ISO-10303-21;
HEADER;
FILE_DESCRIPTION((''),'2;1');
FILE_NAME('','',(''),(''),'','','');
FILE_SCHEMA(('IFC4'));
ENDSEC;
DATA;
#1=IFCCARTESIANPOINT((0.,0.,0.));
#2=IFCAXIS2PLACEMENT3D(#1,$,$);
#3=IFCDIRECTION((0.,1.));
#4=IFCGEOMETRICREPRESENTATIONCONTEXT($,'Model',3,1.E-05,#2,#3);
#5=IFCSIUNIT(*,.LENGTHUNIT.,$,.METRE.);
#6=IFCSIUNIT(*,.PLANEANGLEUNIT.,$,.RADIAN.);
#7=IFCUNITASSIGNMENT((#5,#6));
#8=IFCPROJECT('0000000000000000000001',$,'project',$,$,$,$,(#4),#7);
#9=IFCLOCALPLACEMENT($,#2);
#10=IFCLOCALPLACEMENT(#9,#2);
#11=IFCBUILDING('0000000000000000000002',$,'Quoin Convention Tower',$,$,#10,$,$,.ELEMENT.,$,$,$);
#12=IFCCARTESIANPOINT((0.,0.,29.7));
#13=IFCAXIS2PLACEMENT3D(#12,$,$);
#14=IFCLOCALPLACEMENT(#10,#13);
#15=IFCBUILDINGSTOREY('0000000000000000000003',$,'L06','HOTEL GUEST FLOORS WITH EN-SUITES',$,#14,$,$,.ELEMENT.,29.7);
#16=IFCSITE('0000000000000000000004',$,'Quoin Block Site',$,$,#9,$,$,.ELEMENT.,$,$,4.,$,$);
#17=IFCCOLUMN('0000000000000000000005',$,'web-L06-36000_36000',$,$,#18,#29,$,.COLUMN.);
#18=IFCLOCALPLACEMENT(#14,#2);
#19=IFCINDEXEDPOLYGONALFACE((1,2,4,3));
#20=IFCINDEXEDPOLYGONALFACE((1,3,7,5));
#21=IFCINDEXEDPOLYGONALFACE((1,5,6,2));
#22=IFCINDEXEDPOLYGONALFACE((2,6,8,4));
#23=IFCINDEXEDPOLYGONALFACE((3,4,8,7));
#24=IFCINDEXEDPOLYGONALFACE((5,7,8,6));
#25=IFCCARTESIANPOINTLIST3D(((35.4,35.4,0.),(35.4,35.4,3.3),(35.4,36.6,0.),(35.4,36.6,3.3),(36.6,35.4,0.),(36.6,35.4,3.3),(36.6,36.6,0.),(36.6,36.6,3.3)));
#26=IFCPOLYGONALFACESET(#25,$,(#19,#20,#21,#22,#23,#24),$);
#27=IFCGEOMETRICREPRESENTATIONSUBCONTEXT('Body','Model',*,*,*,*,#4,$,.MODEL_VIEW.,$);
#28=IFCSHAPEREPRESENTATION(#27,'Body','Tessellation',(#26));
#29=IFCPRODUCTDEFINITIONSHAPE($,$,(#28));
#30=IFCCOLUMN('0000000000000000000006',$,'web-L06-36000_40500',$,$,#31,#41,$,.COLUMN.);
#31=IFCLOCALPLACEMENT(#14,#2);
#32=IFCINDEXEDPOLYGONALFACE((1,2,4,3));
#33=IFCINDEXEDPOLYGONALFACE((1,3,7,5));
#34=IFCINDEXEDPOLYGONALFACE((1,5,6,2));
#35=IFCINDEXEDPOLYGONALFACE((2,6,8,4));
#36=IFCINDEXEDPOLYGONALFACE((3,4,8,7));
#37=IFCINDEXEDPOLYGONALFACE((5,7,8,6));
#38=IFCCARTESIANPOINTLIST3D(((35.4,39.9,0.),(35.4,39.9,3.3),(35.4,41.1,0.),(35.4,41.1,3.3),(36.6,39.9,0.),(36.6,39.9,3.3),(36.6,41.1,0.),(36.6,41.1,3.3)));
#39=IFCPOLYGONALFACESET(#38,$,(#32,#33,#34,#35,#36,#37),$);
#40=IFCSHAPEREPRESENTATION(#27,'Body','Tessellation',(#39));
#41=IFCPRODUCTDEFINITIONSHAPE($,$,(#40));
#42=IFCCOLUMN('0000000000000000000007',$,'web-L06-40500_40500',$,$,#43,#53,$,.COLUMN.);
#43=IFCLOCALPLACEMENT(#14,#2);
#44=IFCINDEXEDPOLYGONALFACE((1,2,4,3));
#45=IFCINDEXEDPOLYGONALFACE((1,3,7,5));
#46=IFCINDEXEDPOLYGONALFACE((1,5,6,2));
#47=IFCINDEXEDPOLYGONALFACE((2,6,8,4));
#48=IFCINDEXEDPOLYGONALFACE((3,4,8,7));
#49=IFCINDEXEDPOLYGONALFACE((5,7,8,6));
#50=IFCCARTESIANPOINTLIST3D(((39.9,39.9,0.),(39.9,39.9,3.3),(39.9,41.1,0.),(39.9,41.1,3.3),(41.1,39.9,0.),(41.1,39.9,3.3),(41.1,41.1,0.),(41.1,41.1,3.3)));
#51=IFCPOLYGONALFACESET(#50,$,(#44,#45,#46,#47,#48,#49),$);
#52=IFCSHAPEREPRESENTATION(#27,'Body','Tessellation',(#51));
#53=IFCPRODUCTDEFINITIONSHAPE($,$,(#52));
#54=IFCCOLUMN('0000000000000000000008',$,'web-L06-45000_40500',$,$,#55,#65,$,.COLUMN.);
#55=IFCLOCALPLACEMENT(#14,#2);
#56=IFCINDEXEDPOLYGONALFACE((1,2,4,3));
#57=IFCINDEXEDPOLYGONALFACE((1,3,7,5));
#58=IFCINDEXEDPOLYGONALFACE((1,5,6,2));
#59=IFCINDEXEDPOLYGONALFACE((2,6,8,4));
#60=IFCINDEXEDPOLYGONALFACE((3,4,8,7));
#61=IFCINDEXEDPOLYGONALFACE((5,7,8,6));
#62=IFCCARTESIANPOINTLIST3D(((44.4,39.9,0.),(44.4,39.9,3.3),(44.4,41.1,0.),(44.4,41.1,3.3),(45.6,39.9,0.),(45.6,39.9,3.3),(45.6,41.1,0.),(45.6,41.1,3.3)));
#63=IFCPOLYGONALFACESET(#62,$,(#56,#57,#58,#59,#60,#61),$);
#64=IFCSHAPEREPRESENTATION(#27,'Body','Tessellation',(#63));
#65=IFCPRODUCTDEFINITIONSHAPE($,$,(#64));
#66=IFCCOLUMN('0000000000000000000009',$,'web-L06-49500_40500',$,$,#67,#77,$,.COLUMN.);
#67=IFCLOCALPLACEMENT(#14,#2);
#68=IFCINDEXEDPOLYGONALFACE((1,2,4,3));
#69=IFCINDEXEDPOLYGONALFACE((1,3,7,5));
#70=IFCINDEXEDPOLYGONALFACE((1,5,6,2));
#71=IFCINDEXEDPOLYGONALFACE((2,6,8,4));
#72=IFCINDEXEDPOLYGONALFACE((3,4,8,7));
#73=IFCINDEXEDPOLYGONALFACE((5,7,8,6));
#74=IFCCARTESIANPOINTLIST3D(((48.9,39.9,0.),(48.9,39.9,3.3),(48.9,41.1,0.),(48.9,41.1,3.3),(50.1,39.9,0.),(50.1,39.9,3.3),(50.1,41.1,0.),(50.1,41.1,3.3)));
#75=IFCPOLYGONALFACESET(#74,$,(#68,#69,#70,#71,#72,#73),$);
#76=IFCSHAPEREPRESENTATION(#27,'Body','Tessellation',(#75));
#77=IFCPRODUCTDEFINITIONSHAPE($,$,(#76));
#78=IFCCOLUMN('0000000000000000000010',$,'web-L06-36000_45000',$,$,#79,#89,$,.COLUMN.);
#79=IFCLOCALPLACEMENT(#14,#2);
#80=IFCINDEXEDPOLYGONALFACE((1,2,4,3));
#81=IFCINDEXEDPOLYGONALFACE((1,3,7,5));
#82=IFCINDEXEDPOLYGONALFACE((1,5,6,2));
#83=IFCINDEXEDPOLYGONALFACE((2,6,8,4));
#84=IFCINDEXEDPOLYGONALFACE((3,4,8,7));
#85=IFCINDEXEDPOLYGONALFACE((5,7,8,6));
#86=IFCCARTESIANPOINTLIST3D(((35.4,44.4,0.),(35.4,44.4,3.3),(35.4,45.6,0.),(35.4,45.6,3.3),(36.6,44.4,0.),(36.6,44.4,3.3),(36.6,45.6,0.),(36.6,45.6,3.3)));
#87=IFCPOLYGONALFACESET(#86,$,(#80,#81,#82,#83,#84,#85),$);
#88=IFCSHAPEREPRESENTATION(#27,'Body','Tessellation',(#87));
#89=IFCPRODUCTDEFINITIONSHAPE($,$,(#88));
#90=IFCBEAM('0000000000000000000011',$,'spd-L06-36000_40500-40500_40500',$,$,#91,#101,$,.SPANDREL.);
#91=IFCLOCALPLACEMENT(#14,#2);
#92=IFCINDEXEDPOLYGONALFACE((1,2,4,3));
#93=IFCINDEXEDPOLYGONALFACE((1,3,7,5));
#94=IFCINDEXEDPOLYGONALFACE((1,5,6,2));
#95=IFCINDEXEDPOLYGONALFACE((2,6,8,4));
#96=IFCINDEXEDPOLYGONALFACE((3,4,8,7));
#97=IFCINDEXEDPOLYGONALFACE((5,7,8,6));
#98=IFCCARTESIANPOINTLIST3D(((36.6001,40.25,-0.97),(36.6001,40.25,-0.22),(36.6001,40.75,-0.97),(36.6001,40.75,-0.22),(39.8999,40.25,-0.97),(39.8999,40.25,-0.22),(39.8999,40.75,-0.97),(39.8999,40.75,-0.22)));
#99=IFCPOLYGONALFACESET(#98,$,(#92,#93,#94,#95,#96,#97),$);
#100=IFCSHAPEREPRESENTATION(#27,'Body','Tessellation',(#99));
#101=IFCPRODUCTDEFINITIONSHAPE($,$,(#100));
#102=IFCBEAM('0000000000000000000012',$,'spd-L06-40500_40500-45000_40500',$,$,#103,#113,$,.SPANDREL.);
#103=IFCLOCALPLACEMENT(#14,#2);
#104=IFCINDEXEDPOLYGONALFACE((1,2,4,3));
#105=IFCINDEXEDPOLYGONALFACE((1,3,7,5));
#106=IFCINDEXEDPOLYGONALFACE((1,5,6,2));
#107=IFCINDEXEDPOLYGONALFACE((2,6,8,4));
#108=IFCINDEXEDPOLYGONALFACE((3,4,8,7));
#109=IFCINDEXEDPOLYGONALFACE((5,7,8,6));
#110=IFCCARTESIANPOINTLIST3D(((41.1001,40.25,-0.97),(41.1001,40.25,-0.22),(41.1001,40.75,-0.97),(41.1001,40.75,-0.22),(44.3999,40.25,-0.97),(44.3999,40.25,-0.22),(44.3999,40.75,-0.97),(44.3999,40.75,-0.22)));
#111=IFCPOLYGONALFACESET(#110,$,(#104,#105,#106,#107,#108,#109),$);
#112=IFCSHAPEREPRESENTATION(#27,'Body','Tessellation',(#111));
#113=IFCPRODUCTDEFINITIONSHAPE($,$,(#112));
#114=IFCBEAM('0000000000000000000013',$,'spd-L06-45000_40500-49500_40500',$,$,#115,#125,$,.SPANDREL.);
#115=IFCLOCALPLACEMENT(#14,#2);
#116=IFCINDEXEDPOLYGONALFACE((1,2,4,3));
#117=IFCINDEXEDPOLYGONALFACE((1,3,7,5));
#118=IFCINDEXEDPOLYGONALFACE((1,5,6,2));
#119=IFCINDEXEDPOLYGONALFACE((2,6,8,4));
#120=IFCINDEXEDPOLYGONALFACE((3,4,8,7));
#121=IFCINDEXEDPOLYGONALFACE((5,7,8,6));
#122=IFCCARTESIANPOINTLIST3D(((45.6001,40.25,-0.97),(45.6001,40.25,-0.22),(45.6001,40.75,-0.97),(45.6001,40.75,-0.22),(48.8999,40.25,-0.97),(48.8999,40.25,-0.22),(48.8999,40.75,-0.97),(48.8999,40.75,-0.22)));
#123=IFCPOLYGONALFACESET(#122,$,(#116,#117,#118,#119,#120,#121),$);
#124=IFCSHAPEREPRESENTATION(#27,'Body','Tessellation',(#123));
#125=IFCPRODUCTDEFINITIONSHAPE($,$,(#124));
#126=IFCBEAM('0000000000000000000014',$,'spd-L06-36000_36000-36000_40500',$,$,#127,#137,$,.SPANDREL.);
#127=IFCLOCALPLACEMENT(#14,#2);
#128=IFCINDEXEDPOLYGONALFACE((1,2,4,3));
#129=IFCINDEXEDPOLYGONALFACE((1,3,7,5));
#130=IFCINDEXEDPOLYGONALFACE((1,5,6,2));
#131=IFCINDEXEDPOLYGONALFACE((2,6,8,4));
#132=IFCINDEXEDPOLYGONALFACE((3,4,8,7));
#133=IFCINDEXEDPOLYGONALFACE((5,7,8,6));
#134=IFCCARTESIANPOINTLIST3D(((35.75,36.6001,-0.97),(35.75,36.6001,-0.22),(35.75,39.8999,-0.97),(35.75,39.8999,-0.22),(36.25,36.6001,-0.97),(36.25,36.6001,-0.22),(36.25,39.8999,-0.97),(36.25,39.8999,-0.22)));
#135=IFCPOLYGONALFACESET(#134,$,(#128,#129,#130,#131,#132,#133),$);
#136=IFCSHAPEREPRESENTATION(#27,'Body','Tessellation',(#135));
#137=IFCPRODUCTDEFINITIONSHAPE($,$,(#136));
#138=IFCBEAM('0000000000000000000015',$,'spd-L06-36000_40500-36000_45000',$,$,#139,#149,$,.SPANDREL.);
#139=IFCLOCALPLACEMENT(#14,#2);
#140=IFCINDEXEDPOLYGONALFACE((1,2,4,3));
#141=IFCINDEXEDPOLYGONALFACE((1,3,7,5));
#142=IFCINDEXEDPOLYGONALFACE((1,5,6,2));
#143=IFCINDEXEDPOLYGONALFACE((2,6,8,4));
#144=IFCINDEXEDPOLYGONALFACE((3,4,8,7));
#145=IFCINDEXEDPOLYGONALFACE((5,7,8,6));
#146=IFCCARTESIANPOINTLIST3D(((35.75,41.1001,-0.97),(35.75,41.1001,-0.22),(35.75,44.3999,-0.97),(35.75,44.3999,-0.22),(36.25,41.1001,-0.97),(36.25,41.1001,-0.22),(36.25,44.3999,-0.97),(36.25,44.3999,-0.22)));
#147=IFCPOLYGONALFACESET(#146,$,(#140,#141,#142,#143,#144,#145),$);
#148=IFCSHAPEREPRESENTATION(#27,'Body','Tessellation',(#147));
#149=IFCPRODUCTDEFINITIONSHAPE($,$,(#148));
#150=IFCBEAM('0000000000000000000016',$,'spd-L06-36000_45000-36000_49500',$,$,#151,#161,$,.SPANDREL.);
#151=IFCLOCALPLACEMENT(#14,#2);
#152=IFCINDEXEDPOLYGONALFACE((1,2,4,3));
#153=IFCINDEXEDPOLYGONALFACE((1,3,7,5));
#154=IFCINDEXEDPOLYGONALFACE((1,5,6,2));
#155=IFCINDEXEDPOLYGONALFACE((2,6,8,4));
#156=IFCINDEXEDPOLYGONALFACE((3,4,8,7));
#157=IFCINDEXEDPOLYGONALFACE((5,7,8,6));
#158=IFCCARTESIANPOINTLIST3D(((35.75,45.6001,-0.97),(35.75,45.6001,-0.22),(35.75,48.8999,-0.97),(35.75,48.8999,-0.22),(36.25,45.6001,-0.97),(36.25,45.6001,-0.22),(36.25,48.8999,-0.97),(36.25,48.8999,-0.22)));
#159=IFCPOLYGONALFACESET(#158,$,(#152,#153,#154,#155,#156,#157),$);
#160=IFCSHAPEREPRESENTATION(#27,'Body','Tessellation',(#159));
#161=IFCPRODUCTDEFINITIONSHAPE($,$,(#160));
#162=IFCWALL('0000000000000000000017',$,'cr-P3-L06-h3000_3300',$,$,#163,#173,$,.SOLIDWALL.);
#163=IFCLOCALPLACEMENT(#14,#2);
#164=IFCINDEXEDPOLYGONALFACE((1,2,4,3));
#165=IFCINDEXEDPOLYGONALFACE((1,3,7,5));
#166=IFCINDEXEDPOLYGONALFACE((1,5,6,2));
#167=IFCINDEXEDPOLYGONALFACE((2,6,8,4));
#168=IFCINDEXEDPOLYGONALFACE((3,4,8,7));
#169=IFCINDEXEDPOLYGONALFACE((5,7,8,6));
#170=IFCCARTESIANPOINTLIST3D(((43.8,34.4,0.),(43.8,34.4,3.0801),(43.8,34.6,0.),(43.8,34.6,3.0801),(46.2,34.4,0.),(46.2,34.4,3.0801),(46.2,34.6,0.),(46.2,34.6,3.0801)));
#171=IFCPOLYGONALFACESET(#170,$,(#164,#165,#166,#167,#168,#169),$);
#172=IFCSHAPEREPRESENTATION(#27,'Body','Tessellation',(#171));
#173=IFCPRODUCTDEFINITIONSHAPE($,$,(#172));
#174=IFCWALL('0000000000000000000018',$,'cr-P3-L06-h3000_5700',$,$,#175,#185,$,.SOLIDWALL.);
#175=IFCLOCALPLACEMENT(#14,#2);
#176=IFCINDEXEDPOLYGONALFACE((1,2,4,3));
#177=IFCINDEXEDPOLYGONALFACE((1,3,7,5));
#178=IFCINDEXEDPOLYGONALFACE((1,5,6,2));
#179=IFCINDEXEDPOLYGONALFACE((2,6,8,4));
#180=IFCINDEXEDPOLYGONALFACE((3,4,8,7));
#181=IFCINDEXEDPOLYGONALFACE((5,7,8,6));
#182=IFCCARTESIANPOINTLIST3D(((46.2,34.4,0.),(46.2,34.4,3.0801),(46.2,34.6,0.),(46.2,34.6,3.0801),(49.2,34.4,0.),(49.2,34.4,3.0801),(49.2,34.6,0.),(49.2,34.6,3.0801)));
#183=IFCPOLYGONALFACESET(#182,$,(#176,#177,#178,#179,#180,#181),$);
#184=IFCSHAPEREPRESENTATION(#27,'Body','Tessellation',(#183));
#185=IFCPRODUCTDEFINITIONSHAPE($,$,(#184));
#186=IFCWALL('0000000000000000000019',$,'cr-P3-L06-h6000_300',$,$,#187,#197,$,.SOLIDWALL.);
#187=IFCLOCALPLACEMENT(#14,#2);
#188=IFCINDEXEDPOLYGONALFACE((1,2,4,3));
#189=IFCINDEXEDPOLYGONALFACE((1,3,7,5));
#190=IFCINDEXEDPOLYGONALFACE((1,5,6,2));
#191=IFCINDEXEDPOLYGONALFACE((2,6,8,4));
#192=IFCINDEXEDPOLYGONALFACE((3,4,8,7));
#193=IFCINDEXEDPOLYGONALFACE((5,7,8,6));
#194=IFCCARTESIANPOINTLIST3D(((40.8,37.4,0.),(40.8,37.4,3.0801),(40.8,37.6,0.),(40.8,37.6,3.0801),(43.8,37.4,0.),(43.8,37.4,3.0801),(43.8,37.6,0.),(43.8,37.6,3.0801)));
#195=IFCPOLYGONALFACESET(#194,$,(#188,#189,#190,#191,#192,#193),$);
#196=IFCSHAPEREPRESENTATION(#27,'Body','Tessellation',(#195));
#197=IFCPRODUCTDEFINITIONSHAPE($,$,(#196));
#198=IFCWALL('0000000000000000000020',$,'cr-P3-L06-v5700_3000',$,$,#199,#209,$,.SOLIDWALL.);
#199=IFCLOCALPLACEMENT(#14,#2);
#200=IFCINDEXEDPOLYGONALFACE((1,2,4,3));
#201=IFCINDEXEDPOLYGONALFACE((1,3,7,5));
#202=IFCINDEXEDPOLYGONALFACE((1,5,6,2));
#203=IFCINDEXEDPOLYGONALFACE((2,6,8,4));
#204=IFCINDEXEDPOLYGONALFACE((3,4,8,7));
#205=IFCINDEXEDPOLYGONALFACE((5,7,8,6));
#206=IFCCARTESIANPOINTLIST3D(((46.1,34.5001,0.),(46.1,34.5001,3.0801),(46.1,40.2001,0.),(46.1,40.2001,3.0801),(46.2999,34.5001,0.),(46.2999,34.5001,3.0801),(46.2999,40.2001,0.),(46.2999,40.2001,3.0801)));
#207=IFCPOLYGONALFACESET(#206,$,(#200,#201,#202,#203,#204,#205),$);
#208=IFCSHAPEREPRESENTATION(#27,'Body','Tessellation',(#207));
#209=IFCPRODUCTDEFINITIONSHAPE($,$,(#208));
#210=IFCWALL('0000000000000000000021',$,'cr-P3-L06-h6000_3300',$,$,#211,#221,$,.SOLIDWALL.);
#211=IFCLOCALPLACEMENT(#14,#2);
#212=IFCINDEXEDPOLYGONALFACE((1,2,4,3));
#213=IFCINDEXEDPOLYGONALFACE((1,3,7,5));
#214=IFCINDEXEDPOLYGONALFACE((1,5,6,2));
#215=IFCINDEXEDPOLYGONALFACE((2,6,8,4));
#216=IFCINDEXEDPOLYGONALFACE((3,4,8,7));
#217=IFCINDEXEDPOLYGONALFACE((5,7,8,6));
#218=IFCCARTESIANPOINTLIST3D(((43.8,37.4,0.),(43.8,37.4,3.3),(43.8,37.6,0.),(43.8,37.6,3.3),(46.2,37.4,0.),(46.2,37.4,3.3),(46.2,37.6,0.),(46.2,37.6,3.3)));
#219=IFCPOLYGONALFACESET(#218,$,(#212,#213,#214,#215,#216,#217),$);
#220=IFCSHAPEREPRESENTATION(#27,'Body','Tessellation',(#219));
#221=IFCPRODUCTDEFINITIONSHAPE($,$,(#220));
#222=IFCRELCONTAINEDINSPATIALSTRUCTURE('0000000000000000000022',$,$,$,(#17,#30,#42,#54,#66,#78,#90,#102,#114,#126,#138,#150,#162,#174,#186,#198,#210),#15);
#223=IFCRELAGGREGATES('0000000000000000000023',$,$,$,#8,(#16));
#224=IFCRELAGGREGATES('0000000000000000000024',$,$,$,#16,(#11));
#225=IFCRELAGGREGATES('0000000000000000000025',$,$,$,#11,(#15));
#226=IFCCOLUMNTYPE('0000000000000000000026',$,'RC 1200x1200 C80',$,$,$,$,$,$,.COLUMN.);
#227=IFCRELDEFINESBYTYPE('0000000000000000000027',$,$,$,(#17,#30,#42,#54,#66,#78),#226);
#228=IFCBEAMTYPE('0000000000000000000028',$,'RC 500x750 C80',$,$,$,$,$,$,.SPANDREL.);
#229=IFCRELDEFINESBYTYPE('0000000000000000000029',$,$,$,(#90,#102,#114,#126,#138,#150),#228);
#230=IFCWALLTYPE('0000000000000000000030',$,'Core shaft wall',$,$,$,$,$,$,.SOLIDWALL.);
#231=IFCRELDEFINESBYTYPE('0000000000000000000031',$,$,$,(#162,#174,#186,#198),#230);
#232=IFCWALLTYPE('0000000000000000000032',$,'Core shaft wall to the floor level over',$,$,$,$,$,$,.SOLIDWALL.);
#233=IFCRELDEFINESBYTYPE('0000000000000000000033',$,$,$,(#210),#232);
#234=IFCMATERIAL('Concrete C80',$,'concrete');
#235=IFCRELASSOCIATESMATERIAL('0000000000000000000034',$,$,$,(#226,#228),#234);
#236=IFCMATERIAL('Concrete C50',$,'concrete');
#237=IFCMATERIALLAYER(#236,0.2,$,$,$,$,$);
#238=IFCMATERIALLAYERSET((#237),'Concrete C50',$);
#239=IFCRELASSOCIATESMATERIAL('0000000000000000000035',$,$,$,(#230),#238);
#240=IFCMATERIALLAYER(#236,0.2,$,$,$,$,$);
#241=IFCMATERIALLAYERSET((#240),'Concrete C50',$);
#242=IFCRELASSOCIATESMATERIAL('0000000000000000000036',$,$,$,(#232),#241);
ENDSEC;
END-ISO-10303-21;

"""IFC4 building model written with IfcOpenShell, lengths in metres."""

from ifc_helpers import new_model, si_unit, direction, frame, frame_2d, origin, origin_2d, place, context, subcontext, project, spatial, rectangle, extrude, material, layer, layer_set, material_profile, profile_set, type_object, element, save


model = new_model("IFC4")

# Units and contexts
model_context = context("Model", 3, precision=1e-05, world=origin(), true_north=direction((0.0, 1.0)))
body_context = subcontext(model_context, "Body", "Model", "MODEL_VIEW")
ifc_project = project(units=[si_unit("LENGTHUNIT", "METRE"), si_unit("PLANEANGLEUNIT", "RADIAN")], contexts=[model_context])

# Site, building, storey
site_placement = place(None, origin())
site = spatial("IfcSite", under=ifc_project, at=site_placement, Name="Quoin Block Site", CompositionType="ELEMENT", RefElevation=4.0)
building_placement = place(site_placement, origin())
building = spatial("IfcBuilding", under=site, at=building_placement, Name="Quoin Convention Tower", CompositionType="ELEMENT")
storey_placement = place(building_placement, frame((0.0, 0.0, 29.7)))
storey = spatial("IfcBuildingStorey", under=building, at=storey_placement, Name="L06", Description="HOTEL GUEST FLOORS WITH EN-SUITES", CompositionType="ELEMENT", Elevation=29.7)

# Columns
ifc_material_1 = material(Name="Concrete C80", Category="concrete")
ifc_material_profile_1 = material_profile(ifc_material_1, rectangle(XDim=1.2, YDim=1.2, at=origin_2d()), Name="RC 1200x1200")
ifc_profile_set_1 = profile_set([ifc_material_profile_1], Name="Concrete C80")
column_type = type_object("IfcColumnType", Name="RC 1200x1200 C80", PredefinedType="COLUMN", material=ifc_profile_set_1)
for number, where, z_axis, x_axis, name in (
    (1, (36.0, 36.0, 0.0), (0.0, 0.0, 1.0), (1.0, 0.0, 0.0), "web-L06-36000_36000"),
    (2, (36.0, 40.5, 0.0), (0.0, 0.0, 1.0), (1.0, 0.0, 0.0), "web-L06-36000_40500"),
    (3, (40.5, 40.5, 0.0), (0.0, 0.0, 1.0), (1.0, 0.0, 0.0), "web-L06-40500_40500"),
    (4, (45.0, 40.5, 0.0), (0.0, 0.0, 1.0), (1.0, 0.0, 0.0), "web-L06-45000_40500"),
    (5, (49.5, 40.5, 0.0), (0.0, 0.0, 1.0), (1.0, 0.0, 0.0), "web-L06-49500_40500"),
    (6, (36.0, 45.0, 0.0), (0.0, 0.0, 1.0), (1.0, 0.0, 0.0), "web-L06-36000_45000"),
):
    element("IfcColumn", number, at=place(storey_placement, frame(where, z_axis=z_axis, x_axis=x_axis)), inside=storey, type_object=column_type, Name=name, PredefinedType="COLUMN", context=body_context, shape_type="SweptSolid", body=[
        extrude(rectangle(XDim=1.2, YDim=1.2, at=origin_2d()), origin(), (0.0, 0.0, 1.0), 3.3),
    ])

# Beams
ifc_material_profile_2 = material_profile(ifc_material_1, rectangle(XDim=0.5, YDim=0.75, at=origin_2d()), Name="RC 500x750")
ifc_profile_set_2 = profile_set([ifc_material_profile_2], Name="Concrete C80")
beam_type = type_object("IfcBeamType", Name="RC 500x750 C80", PredefinedType="SPANDREL", material=ifc_profile_set_2)
for number, where, z_axis, x_axis, name in (
    (7, (36.6001, 40.5, -0.595), (1.0, 0.0, 0.0), (0.0, 1.0, 0.0), "spd-L06-36000_40500-40500_40500"),
    (8, (41.1001, 40.5, -0.595), (1.0, 0.0, 0.0), (0.0, 1.0, 0.0), "spd-L06-40500_40500-45000_40500"),
    (9, (45.6001, 40.5, -0.595), (1.0, 0.0, 0.0), (0.0, 1.0, 0.0), "spd-L06-45000_40500-49500_40500"),
    (10, (36.0, 36.6001, -0.595), (0.0, 1.0, 0.0), (-1.0, 0.0, 0.0), "spd-L06-36000_36000-36000_40500"),
    (11, (36.0, 41.1001, -0.595), (0.0, 1.0, 0.0), (-1.0, 0.0, 0.0), "spd-L06-36000_40500-36000_45000"),
    (12, (36.0, 45.6001, -0.595), (0.0, 1.0, 0.0), (-1.0, 0.0, 0.0), "spd-L06-36000_45000-36000_49500"),
):
    element("IfcBeam", number, at=place(storey_placement, frame(where, z_axis=z_axis, x_axis=x_axis)), inside=storey, type_object=beam_type, Name=name, PredefinedType="SPANDREL", context=body_context, shape_type="SweptSolid", body=[
        extrude(rectangle(XDim=0.5, YDim=0.75, at=origin_2d()), origin(), (0.0, 0.0, 1.0), 3.2998),
    ])

# Walls
ifc_material_2 = material(Name="Concrete C50", Category="concrete")
ifc_layer_1 = layer(ifc_material_2, 0.2)
ifc_layer_set_1 = layer_set([ifc_layer_1], Name="Concrete C50")
wall_type_1 = type_object("IfcWallType", Name="Core shaft wall", PredefinedType="SOLIDWALL", material=ifc_layer_set_1)
wall_1_placement = place(storey_placement, frame((43.8, 34.5, 0.0), z_axis=(0.0, 0.0, 1.0), x_axis=(1.0, 0.0, 0.0)))
element("IfcWall", 13, at=wall_1_placement, inside=storey, type_object=wall_type_1, Name="cr-P3-L06-h3000_3300", PredefinedType="SOLIDWALL", context=body_context, shape_type="SweptSolid", body=[
    extrude(rectangle(XDim=2.3999, YDim=0.2, at=frame_2d((1.2, 0.0))), origin(), (0.0, 0.0, 1.0), 3.0801),
])
for number, where, z_axis, x_axis, name in (
    (14, (46.2, 34.5, 0.0), (0.0, 0.0, 1.0), (1.0, 0.0, 0.0), "cr-P3-L06-h3000_5700"),
    (15, (40.8, 37.5, 0.0), (0.0, 0.0, 1.0), (1.0, 0.0, 0.0), "cr-P3-L06-h6000_300"),
):
    element("IfcWall", number, at=place(storey_placement, frame(where, z_axis=z_axis, x_axis=x_axis)), inside=storey, type_object=wall_type_1, Name=name, PredefinedType="SOLIDWALL", context=body_context, shape_type="SweptSolid", body=[
        extrude(rectangle(XDim=3.0, YDim=0.2, at=frame_2d((1.5, 0.0))), origin(), (0.0, 0.0, 1.0), 3.0801),
    ])
wall_2_placement = place(storey_placement, frame((46.2, 34.5, 0.0), z_axis=(0.0, 0.0, 1.0), x_axis=(0.0, 1.0, 0.0)))
element("IfcWall", 16, at=wall_2_placement, inside=storey, type_object=wall_type_1, Name="cr-P3-L06-v5700_3000", PredefinedType="SOLIDWALL", context=body_context, shape_type="SweptSolid", body=[
    extrude(rectangle(XDim=5.7, YDim=0.2, at=frame_2d((2.8501, 0.0))), origin(), (0.0, 0.0, 1.0), 3.0801),
])
ifc_layer_2 = layer(ifc_material_2, 0.2)
ifc_layer_set_2 = layer_set([ifc_layer_2], Name="Concrete C50")
wall_type_2 = type_object("IfcWallType", Name="Core shaft wall to the floor level over", PredefinedType="SOLIDWALL", material=ifc_layer_set_2)
wall_3_placement = place(storey_placement, frame((43.8, 37.5, 0.0), z_axis=(0.0, 0.0, 1.0), x_axis=(1.0, 0.0, 0.0)))
element("IfcWall", 17, at=wall_3_placement, inside=storey, type_object=wall_type_2, Name="cr-P3-L06-h6000_3300", PredefinedType="SOLIDWALL", context=body_context, shape_type="SweptSolid", body=[
    extrude(rectangle(XDim=2.3999, YDim=0.2, at=frame_2d((1.2, 0.0))), origin(), (0.0, 0.0, 1.0), 3.3),
])

save(model, "model.ifc")
